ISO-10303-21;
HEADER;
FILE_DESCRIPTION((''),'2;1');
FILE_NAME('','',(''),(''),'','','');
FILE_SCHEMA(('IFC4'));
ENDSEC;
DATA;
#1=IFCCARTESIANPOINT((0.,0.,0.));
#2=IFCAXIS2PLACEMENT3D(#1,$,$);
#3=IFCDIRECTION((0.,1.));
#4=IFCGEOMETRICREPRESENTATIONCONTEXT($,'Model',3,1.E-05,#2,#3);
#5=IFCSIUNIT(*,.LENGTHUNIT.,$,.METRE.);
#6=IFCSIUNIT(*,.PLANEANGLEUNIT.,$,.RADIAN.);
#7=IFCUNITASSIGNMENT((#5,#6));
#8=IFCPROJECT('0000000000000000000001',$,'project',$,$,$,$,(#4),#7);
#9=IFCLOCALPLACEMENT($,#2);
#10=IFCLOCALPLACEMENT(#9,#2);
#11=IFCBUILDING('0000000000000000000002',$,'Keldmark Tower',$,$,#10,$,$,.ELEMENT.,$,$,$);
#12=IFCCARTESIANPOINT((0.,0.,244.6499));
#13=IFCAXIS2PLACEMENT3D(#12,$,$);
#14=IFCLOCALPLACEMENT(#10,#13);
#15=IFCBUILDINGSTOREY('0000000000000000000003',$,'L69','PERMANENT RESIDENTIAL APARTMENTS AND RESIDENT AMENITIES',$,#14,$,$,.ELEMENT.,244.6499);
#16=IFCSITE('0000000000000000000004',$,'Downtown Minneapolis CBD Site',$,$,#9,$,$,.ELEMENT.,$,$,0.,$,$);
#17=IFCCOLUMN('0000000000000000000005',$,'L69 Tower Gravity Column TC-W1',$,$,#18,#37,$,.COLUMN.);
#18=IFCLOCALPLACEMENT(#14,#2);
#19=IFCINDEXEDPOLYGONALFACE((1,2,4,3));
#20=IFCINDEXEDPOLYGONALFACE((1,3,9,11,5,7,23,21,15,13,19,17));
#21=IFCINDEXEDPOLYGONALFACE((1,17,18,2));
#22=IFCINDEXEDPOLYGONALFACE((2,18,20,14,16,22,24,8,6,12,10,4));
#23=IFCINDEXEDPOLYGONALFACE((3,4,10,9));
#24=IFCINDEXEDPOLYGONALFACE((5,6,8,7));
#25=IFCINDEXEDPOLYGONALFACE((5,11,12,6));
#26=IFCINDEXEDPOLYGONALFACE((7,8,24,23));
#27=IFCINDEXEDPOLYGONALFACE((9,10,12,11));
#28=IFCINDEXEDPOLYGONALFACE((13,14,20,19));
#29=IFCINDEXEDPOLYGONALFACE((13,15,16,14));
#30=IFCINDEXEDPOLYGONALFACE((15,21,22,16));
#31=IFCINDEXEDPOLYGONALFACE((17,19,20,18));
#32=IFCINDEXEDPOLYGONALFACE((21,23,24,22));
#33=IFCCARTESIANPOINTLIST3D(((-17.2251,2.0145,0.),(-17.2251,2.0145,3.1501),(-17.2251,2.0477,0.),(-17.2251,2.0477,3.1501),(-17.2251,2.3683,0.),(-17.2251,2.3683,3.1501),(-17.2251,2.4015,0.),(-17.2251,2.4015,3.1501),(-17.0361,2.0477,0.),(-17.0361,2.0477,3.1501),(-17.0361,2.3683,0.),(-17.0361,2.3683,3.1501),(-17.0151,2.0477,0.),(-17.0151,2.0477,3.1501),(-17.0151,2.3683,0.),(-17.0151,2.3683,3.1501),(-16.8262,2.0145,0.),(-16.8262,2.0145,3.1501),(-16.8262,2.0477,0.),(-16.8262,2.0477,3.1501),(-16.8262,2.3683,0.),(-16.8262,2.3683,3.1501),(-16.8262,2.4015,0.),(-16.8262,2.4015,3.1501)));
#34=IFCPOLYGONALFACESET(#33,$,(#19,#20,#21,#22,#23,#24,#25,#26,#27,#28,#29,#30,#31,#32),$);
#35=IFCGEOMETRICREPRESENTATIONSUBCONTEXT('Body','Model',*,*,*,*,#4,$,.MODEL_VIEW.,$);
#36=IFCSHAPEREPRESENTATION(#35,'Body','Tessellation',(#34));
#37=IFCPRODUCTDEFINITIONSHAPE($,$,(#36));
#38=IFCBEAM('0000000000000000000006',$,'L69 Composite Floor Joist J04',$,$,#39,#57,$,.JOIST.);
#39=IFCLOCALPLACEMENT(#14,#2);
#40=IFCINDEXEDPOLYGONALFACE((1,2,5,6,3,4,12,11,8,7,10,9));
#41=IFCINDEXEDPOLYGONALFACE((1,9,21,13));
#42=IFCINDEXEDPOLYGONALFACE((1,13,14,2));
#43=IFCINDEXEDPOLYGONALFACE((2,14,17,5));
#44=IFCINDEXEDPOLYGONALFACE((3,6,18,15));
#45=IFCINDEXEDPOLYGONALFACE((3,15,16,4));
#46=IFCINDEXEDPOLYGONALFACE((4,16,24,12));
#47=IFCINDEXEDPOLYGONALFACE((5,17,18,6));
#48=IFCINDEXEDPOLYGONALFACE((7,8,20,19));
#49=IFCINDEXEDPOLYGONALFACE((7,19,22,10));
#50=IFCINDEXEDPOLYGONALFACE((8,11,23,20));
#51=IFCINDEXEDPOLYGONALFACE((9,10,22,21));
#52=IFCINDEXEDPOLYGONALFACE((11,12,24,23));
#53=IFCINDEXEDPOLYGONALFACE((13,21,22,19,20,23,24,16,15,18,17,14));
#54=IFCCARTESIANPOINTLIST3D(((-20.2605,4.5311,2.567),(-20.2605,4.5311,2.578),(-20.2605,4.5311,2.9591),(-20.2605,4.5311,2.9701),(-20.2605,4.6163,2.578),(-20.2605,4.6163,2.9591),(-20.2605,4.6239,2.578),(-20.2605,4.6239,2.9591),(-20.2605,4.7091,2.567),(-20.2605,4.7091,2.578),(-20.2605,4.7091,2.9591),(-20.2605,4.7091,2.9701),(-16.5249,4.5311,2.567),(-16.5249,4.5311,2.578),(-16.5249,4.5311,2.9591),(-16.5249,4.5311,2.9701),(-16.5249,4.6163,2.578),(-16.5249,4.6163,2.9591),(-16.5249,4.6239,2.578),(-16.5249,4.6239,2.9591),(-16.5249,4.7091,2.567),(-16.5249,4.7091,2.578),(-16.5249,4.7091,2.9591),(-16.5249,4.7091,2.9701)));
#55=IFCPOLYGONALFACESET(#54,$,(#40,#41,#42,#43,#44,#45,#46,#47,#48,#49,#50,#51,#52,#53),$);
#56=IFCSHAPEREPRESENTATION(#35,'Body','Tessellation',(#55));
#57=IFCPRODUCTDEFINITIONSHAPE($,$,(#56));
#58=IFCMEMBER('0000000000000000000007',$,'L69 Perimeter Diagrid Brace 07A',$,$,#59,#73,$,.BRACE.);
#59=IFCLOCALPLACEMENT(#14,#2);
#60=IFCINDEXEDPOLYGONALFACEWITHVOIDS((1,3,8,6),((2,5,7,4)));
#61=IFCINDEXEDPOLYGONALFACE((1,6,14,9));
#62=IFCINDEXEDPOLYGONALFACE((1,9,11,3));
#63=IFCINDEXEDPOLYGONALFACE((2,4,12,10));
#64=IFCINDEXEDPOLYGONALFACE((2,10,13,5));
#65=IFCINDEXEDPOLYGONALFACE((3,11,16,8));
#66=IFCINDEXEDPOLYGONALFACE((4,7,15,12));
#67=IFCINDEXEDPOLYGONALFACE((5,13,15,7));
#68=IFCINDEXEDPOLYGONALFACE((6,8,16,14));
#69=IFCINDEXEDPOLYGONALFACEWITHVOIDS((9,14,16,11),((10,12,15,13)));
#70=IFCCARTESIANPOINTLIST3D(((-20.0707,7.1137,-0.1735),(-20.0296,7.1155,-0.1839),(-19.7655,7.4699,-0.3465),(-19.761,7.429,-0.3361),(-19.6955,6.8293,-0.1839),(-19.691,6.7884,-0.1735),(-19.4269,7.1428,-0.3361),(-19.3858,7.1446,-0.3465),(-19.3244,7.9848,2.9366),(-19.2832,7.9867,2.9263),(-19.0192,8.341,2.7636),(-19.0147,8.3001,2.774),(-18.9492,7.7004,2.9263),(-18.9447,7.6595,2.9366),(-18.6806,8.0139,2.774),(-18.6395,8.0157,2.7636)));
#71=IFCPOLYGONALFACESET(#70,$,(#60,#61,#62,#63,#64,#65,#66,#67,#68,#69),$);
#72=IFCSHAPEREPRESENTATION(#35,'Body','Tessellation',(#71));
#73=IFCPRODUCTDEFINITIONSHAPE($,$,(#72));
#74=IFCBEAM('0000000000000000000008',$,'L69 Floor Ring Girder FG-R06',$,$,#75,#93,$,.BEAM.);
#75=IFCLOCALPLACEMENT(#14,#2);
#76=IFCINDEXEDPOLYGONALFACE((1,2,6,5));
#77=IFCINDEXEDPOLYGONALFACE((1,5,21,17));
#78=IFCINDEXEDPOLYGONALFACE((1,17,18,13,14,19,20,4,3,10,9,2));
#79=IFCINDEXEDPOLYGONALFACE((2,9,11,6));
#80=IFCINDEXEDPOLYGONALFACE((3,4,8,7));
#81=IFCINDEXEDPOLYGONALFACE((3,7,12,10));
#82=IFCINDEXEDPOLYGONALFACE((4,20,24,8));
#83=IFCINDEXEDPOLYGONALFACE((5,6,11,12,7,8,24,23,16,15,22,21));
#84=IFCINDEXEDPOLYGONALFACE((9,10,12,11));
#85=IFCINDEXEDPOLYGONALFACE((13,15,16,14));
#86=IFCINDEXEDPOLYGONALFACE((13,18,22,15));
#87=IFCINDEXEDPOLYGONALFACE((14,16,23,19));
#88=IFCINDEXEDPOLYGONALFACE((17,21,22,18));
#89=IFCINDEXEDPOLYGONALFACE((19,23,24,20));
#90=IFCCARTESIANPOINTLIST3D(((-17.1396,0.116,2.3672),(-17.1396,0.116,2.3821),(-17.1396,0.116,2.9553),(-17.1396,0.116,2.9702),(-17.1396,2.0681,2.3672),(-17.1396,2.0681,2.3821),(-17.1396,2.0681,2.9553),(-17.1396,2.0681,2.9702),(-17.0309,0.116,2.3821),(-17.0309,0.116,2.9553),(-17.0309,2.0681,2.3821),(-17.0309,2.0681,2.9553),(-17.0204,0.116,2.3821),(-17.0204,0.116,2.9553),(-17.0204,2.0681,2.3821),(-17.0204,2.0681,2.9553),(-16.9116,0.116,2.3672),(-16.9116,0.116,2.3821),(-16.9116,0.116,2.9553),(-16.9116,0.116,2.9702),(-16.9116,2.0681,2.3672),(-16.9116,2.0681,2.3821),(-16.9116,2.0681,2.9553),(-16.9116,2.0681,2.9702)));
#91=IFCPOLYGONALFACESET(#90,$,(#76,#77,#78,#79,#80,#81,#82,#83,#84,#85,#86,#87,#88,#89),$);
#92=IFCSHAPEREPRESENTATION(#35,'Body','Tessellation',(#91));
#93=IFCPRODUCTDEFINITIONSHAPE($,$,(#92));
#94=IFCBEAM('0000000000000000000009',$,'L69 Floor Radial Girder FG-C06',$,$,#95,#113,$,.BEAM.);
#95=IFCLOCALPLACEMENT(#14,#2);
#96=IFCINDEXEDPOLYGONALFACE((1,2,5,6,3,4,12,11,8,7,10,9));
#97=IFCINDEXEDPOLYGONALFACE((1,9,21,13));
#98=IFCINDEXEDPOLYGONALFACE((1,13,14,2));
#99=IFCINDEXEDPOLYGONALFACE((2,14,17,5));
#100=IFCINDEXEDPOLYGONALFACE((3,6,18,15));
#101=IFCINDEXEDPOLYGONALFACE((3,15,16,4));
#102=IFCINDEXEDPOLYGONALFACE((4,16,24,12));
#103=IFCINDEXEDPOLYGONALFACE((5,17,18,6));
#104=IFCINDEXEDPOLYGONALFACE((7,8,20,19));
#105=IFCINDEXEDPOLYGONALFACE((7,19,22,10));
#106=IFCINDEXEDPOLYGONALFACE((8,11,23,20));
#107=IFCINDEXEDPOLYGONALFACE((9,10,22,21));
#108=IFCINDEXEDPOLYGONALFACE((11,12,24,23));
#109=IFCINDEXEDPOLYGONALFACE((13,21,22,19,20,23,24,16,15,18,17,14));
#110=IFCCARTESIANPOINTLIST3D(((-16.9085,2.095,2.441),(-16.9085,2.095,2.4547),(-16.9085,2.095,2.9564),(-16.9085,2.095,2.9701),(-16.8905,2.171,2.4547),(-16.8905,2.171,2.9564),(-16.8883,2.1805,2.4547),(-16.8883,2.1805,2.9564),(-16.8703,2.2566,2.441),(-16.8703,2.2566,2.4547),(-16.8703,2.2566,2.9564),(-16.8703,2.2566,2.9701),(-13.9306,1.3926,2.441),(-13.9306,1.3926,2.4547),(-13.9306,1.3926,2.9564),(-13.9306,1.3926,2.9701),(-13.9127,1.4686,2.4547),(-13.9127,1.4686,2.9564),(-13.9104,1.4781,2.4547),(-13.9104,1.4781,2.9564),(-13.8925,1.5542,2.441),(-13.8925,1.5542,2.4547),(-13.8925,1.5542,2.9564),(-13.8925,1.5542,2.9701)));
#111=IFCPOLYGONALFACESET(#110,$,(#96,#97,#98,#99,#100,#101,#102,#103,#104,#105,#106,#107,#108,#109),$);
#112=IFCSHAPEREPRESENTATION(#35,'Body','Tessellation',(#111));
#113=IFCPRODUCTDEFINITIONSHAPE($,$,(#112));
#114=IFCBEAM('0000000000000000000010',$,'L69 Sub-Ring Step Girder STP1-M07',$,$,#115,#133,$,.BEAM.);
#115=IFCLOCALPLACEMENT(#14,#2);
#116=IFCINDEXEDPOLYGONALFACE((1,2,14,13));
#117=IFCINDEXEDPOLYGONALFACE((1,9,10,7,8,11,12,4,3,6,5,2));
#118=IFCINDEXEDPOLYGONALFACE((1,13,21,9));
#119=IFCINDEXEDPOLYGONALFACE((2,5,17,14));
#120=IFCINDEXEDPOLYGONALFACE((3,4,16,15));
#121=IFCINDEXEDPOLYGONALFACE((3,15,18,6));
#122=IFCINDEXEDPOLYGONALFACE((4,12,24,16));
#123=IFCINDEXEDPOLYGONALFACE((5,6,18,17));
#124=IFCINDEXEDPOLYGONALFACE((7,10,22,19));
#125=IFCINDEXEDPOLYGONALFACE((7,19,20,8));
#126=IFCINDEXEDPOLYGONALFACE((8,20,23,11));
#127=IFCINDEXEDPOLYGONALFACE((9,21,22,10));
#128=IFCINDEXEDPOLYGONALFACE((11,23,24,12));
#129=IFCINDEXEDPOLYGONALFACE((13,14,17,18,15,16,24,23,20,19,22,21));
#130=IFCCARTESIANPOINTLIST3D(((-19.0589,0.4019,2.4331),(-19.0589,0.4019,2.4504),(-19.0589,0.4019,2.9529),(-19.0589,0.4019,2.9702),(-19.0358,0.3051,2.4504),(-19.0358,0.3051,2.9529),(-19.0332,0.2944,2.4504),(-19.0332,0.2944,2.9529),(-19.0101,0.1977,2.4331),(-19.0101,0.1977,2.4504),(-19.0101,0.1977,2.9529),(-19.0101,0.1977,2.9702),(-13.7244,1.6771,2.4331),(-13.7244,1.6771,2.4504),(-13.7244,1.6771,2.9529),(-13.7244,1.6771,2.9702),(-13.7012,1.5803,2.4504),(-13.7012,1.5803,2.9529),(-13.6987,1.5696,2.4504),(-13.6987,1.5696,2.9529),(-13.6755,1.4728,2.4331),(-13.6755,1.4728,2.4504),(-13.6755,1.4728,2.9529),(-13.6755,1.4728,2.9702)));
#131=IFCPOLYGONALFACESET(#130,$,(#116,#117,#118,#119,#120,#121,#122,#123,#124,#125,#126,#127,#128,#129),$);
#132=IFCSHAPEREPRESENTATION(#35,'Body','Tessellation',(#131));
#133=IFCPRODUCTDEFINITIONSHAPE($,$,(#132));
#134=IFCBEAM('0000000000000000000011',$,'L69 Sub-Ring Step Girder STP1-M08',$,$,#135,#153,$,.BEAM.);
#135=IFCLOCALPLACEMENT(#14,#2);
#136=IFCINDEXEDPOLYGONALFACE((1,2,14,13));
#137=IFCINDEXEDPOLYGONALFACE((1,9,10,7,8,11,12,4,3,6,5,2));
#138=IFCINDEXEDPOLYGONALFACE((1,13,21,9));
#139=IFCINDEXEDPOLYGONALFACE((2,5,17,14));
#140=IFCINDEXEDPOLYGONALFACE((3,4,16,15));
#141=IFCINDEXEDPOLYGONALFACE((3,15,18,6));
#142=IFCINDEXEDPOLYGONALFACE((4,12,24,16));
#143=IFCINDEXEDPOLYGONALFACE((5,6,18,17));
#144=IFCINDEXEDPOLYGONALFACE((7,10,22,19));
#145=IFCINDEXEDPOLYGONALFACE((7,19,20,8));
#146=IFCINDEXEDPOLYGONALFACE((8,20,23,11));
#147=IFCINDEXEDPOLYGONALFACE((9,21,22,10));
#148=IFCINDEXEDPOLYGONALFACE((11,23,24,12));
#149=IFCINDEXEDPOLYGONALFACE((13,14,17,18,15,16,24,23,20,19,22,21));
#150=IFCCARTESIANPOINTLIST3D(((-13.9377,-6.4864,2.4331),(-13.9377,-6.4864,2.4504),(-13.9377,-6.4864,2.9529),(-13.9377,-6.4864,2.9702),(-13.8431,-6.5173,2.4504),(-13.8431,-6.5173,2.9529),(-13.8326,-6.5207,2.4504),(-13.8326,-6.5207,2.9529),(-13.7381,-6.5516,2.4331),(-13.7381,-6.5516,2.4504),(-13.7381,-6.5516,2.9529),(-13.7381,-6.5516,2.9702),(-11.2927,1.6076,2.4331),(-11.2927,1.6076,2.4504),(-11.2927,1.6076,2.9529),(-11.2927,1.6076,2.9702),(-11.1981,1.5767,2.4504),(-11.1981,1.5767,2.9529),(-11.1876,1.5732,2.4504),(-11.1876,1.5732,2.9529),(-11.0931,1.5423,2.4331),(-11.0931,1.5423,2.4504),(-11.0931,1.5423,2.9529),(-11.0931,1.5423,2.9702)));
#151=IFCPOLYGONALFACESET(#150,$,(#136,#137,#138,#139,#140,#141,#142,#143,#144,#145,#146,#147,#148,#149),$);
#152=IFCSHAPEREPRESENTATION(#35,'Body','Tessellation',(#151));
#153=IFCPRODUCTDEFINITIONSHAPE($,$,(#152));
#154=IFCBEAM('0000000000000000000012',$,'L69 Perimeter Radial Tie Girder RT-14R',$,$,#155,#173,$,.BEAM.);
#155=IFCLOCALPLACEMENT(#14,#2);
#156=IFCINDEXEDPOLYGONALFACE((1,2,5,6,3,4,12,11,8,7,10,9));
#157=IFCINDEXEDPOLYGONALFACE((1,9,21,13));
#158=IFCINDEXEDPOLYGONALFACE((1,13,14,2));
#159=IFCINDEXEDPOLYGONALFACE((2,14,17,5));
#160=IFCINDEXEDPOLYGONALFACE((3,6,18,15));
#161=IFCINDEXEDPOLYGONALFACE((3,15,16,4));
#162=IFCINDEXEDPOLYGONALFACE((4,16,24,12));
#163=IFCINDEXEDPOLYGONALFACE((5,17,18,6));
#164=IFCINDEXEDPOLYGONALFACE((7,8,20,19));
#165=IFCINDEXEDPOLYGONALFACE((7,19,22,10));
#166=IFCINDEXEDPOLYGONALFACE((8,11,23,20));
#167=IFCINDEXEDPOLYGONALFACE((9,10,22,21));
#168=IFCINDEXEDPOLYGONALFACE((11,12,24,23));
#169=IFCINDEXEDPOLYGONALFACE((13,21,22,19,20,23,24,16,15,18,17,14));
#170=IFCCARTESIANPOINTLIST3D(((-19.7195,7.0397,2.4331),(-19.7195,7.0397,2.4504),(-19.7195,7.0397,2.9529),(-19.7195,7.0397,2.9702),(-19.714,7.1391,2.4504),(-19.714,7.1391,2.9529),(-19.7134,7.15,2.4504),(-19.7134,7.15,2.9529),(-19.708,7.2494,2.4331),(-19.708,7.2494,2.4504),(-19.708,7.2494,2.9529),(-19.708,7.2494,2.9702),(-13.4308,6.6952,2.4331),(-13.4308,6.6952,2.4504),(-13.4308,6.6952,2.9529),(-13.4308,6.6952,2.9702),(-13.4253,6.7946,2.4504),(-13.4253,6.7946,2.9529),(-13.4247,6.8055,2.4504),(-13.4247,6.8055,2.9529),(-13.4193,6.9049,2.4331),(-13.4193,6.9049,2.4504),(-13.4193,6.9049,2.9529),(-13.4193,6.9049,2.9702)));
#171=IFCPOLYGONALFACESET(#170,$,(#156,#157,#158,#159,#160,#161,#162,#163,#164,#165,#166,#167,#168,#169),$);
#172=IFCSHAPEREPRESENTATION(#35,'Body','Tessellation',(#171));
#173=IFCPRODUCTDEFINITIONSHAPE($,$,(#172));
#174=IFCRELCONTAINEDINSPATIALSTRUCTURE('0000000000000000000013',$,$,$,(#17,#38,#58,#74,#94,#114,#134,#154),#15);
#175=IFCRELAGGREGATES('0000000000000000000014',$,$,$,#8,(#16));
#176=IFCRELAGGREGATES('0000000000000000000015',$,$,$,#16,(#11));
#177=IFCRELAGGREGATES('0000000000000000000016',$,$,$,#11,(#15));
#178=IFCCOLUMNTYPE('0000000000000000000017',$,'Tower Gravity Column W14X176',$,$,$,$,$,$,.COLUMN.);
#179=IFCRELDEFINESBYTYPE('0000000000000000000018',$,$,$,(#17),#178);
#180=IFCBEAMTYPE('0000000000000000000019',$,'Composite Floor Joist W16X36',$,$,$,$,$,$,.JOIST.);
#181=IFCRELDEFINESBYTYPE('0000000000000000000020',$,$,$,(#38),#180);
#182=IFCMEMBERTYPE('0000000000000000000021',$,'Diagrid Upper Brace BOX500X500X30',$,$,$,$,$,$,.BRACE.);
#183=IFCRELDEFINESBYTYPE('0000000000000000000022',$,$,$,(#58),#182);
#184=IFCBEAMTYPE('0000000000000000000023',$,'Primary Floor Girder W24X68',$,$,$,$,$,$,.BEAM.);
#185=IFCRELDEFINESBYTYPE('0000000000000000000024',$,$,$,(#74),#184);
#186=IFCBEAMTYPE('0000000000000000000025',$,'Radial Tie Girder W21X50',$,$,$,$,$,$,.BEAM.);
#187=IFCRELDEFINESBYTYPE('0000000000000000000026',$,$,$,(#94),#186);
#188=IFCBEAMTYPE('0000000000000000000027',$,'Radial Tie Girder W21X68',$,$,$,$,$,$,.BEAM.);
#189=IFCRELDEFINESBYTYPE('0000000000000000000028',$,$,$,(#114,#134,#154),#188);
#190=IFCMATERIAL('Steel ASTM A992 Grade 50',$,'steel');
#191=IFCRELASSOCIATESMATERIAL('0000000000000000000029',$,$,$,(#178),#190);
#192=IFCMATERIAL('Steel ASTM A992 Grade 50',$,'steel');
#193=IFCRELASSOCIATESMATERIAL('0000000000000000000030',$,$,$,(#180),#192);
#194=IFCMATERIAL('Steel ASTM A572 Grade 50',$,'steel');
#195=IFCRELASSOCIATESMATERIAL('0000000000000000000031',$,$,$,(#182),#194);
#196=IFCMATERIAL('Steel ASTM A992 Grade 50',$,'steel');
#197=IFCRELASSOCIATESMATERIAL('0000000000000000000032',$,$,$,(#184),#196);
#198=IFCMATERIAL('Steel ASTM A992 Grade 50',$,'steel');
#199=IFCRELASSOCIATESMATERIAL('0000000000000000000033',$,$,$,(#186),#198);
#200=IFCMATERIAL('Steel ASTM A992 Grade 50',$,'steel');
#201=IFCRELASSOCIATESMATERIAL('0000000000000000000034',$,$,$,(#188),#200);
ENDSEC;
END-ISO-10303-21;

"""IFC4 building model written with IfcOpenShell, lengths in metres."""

from ifc_helpers import new_model, si_unit, direction, frame, origin, origin_2d, place, context, subcontext, project, spatial, hollow_rectangle, i_section, extrude, material, material_profile, profile_set, type_object, element, save


model = new_model("IFC4")

# Units and contexts
model_context = context("Model", 3, precision=1e-05, world=origin(), true_north=direction((0.0, 1.0)))
body_context = subcontext(model_context, "Body", "Model", "MODEL_VIEW")
ifc_project = project(units=[si_unit("LENGTHUNIT", "METRE"), si_unit("PLANEANGLEUNIT", "RADIAN")], contexts=[model_context])

# Site, building, storey
site_placement = place(None, origin())
site = spatial("IfcSite", under=ifc_project, at=site_placement, Name="Downtown Minneapolis CBD Site", CompositionType="ELEMENT", RefElevation=0.0)
building_placement = place(site_placement, origin())
building = spatial("IfcBuilding", under=site, at=building_placement, Name="Keldmark Tower", CompositionType="ELEMENT")
storey_placement = place(building_placement, frame((0.0, 0.0, 244.6499)))
storey = spatial("IfcBuildingStorey", under=building, at=storey_placement, Name="L69", Description="PERMANENT RESIDENTIAL APARTMENTS AND RESIDENT AMENITIES", CompositionType="ELEMENT", Elevation=244.6499)

# Column
ifc_material_1 = material(Name="Steel ASTM A992 Grade 50", Category="steel")
ifc_material_profile_1 = material_profile(ifc_material_1, i_section(OverallWidth=0.3989, OverallDepth=0.387, WebThickness=0.021, FlangeThickness=0.0332, at=origin_2d()), Name="W14X176")
ifc_profile_set_1 = profile_set([ifc_material_profile_1], Name="Steel ASTM A992 Grade 50")
column_type = type_object("IfcColumnType", Name="Tower Gravity Column W14X176", PredefinedType="COLUMN", material=ifc_profile_set_1)
column_placement = place(storey_placement, frame((-17.0256, 2.208, 0.0), z_axis=(0.0, 0.0, 1.0), x_axis=(1.0, 0.0, 0.0)))
element("IfcColumn", 1, at=column_placement, inside=storey, type_object=column_type, Name="L69 Tower Gravity Column TC-W1", PredefinedType="COLUMN", context=body_context, shape_type="SweptSolid", body=[
    extrude(i_section(OverallWidth=0.3989, OverallDepth=0.387, WebThickness=0.021, FlangeThickness=0.0332, at=origin_2d()), origin(), (0.0, 0.0, 1.0), 3.1501),
])

# Beam
ifc_material_2 = material(Name="Steel ASTM A992 Grade 50", Category="steel")
ifc_material_profile_2 = material_profile(ifc_material_2, i_section(OverallWidth=0.178, OverallDepth=0.4031, WebThickness=0.0076, FlangeThickness=0.011, at=origin_2d()), Name="W16X36")
ifc_profile_set_2 = profile_set([ifc_material_profile_2], Name="Steel ASTM A992 Grade 50")
beam_type_1 = type_object("IfcBeamType", Name="Composite Floor Joist W16X36", PredefinedType="JOIST", material=ifc_profile_set_2)
beam_1_placement = place(storey_placement, frame((-20.2605, 4.6201, 2.7686), z_axis=(1.0, 0.0, 0.0), x_axis=(0.0, 1.0, 0.0)))
element("IfcBeam", 2, at=beam_1_placement, inside=storey, type_object=beam_type_1, Name="L69 Composite Floor Joist J04", PredefinedType="JOIST", context=body_context, shape_type="SweptSolid", body=[
    extrude(i_section(OverallWidth=0.178, OverallDepth=0.4031, WebThickness=0.0076, FlangeThickness=0.011, at=origin_2d()), origin(), (0.0, 0.0, 1.0), 3.7356),
])

# Member
ifc_material_3 = material(Name="Steel ASTM A572 Grade 50", Category="steel")
ifc_material_profile_3 = material_profile(ifc_material_3, hollow_rectangle(XDim=0.5, YDim=0.5, WallThickness=0.03, at=origin_2d()), Name="BOX500X500X30")
ifc_profile_set_3 = profile_set([ifc_material_profile_3], Name="Steel ASTM A572 Grade 50")
member_type = type_object("IfcMemberType", Name="Diagrid Upper Brace BOX500X500X30", PredefinedType="BRACE", material=ifc_profile_set_3)
member_placement = place(storey_placement, frame((-19.7283, 7.1292, -0.26), z_axis=(0.225146, 0.262781, 0.938219), x_axis=(-0.759392, 0.650634, 0.0)))
element("IfcMember", 3, at=member_placement, inside=storey, type_object=member_type, Name="L69 Perimeter Diagrid Brace 07A", PredefinedType="BRACE", context=body_context, shape_type="SweptSolid", body=[
    extrude(hollow_rectangle(XDim=0.5, YDim=0.5, WallThickness=0.03, at=origin_2d()), origin(), (0.0, 0.0, 1.0), 3.3149),
])

# Beams
ifc_material_4 = material(Name="Steel ASTM A992 Grade 50", Category="steel")
ifc_material_profile_4 = material_profile(ifc_material_4, i_section(OverallWidth=0.228, OverallDepth=0.603, WebThickness=0.0105, FlangeThickness=0.0149, at=origin_2d()), Name="W24X68")
ifc_profile_set_4 = profile_set([ifc_material_profile_4], Name="Steel ASTM A992 Grade 50")
beam_type_2 = type_object("IfcBeamType", Name="Primary Floor Girder W24X68", PredefinedType="BEAM", material=ifc_profile_set_4)
beam_2_placement = place(storey_placement, frame((-17.0256, 2.0681, 2.6687), z_axis=(0.0, -1.0, 0.0), x_axis=(1.0, 0.0, 0.0)))
element("IfcBeam", 4, at=beam_2_placement, inside=storey, type_object=beam_type_2, Name="L69 Floor Ring Girder FG-R06", PredefinedType="BEAM", context=body_context, shape_type="SweptSolid", body=[
    extrude(i_section(OverallWidth=0.228, OverallDepth=0.603, WebThickness=0.0105, FlangeThickness=0.0149, at=origin_2d()), origin(), (0.0, 0.0, 1.0), 1.9521),
])
ifc_material_5 = material(Name="Steel ASTM A992 Grade 50", Category="steel")
ifc_material_profile_5 = material_profile(ifc_material_5, i_section(OverallWidth=0.166, OverallDepth=0.5291, WebThickness=0.0098, FlangeThickness=0.0137, at=origin_2d()), Name="W21X50")
ifc_profile_set_5 = profile_set([ifc_material_profile_5], Name="Steel ASTM A992 Grade 50")
beam_type_3 = type_object("IfcBeamType", Name="Radial Tie Girder W21X50", PredefinedType="BEAM", material=ifc_profile_set_5)
beam_3_placement = place(storey_placement, frame((-16.8894, 2.1758, 2.7056), z_axis=(0.97329, -0.229577, 0.0), x_axis=(0.229577, 0.97329, 0.0)))
element("IfcBeam", 5, at=beam_3_placement, inside=storey, type_object=beam_type_3, Name="L69 Floor Radial Girder FG-C06", PredefinedType="BEAM", context=body_context, shape_type="SweptSolid", body=[
    extrude(i_section(OverallWidth=0.166, OverallDepth=0.5291, WebThickness=0.0098, FlangeThickness=0.0137, at=origin_2d()), origin(), (0.0, 0.0, 1.0), 3.0596),
])
ifc_material_6 = material(Name="Steel ASTM A992 Grade 50", Category="steel")
ifc_material_profile_6 = material_profile(ifc_material_6, i_section(OverallWidth=0.21, OverallDepth=0.5371, WebThickness=0.011, FlangeThickness=0.0173, at=origin_2d()), Name="W21X68")
ifc_profile_set_6 = profile_set([ifc_material_profile_6], Name="Steel ASTM A992 Grade 50")
beam_type_4 = type_object("IfcBeamType", Name="Radial Tie Girder W21X68", PredefinedType="BEAM", material=ifc_profile_set_6)
beam_4_placement = place(storey_placement, frame((-13.7, 1.575, 2.7017), z_axis=(-0.972599, -0.232489, 0.0), x_axis=(0.232489, -0.972599, 0.0)))
element("IfcBeam", 6, at=beam_4_placement, inside=storey, type_object=beam_type_4, Name="L69 Sub-Ring Step Girder STP1-M07", PredefinedType="BEAM", context=body_context, shape_type="SweptSolid", body=[
    extrude(i_section(OverallWidth=0.21, OverallDepth=0.5371, WebThickness=0.011, FlangeThickness=0.0173, at=origin_2d()), origin(), (0.0, 0.0, 1.0), 5.4849),
])
beam_5_placement = place(storey_placement, frame((-11.1929, 1.575, 2.7017), z_axis=(-0.310623, -0.950533, 0.0), x_axis=(0.950533, -0.310623, 0.0)))
element("IfcBeam", 7, at=beam_5_placement, inside=storey, type_object=beam_type_4, Name="L69 Sub-Ring Step Girder STP1-M08", PredefinedType="BEAM", context=body_context, shape_type="SweptSolid", body=[
    extrude(i_section(OverallWidth=0.21, OverallDepth=0.5371, WebThickness=0.011, FlangeThickness=0.0173, at=origin_2d()), origin(), (0.0, 0.0, 1.0), 8.5151),
])
beam_6_placement = place(storey_placement, frame((-13.425, 6.8, 2.7017), z_axis=(-0.998503, 0.054697, 0.0), x_axis=(-0.054697, -0.998503, 0.0)))
element("IfcBeam", 8, at=beam_6_placement, inside=storey, type_object=beam_type_4, Name="L69 Perimeter Radial Tie Girder RT-14R", PredefinedType="BEAM", context=body_context, shape_type="SweptSolid", body=[
    extrude(i_section(OverallWidth=0.21, OverallDepth=0.5371, WebThickness=0.011, FlangeThickness=0.0173, at=origin_2d()), origin(), (0.0, 0.0, 1.0), 6.2981),
])

save(model, "model.ifc")
